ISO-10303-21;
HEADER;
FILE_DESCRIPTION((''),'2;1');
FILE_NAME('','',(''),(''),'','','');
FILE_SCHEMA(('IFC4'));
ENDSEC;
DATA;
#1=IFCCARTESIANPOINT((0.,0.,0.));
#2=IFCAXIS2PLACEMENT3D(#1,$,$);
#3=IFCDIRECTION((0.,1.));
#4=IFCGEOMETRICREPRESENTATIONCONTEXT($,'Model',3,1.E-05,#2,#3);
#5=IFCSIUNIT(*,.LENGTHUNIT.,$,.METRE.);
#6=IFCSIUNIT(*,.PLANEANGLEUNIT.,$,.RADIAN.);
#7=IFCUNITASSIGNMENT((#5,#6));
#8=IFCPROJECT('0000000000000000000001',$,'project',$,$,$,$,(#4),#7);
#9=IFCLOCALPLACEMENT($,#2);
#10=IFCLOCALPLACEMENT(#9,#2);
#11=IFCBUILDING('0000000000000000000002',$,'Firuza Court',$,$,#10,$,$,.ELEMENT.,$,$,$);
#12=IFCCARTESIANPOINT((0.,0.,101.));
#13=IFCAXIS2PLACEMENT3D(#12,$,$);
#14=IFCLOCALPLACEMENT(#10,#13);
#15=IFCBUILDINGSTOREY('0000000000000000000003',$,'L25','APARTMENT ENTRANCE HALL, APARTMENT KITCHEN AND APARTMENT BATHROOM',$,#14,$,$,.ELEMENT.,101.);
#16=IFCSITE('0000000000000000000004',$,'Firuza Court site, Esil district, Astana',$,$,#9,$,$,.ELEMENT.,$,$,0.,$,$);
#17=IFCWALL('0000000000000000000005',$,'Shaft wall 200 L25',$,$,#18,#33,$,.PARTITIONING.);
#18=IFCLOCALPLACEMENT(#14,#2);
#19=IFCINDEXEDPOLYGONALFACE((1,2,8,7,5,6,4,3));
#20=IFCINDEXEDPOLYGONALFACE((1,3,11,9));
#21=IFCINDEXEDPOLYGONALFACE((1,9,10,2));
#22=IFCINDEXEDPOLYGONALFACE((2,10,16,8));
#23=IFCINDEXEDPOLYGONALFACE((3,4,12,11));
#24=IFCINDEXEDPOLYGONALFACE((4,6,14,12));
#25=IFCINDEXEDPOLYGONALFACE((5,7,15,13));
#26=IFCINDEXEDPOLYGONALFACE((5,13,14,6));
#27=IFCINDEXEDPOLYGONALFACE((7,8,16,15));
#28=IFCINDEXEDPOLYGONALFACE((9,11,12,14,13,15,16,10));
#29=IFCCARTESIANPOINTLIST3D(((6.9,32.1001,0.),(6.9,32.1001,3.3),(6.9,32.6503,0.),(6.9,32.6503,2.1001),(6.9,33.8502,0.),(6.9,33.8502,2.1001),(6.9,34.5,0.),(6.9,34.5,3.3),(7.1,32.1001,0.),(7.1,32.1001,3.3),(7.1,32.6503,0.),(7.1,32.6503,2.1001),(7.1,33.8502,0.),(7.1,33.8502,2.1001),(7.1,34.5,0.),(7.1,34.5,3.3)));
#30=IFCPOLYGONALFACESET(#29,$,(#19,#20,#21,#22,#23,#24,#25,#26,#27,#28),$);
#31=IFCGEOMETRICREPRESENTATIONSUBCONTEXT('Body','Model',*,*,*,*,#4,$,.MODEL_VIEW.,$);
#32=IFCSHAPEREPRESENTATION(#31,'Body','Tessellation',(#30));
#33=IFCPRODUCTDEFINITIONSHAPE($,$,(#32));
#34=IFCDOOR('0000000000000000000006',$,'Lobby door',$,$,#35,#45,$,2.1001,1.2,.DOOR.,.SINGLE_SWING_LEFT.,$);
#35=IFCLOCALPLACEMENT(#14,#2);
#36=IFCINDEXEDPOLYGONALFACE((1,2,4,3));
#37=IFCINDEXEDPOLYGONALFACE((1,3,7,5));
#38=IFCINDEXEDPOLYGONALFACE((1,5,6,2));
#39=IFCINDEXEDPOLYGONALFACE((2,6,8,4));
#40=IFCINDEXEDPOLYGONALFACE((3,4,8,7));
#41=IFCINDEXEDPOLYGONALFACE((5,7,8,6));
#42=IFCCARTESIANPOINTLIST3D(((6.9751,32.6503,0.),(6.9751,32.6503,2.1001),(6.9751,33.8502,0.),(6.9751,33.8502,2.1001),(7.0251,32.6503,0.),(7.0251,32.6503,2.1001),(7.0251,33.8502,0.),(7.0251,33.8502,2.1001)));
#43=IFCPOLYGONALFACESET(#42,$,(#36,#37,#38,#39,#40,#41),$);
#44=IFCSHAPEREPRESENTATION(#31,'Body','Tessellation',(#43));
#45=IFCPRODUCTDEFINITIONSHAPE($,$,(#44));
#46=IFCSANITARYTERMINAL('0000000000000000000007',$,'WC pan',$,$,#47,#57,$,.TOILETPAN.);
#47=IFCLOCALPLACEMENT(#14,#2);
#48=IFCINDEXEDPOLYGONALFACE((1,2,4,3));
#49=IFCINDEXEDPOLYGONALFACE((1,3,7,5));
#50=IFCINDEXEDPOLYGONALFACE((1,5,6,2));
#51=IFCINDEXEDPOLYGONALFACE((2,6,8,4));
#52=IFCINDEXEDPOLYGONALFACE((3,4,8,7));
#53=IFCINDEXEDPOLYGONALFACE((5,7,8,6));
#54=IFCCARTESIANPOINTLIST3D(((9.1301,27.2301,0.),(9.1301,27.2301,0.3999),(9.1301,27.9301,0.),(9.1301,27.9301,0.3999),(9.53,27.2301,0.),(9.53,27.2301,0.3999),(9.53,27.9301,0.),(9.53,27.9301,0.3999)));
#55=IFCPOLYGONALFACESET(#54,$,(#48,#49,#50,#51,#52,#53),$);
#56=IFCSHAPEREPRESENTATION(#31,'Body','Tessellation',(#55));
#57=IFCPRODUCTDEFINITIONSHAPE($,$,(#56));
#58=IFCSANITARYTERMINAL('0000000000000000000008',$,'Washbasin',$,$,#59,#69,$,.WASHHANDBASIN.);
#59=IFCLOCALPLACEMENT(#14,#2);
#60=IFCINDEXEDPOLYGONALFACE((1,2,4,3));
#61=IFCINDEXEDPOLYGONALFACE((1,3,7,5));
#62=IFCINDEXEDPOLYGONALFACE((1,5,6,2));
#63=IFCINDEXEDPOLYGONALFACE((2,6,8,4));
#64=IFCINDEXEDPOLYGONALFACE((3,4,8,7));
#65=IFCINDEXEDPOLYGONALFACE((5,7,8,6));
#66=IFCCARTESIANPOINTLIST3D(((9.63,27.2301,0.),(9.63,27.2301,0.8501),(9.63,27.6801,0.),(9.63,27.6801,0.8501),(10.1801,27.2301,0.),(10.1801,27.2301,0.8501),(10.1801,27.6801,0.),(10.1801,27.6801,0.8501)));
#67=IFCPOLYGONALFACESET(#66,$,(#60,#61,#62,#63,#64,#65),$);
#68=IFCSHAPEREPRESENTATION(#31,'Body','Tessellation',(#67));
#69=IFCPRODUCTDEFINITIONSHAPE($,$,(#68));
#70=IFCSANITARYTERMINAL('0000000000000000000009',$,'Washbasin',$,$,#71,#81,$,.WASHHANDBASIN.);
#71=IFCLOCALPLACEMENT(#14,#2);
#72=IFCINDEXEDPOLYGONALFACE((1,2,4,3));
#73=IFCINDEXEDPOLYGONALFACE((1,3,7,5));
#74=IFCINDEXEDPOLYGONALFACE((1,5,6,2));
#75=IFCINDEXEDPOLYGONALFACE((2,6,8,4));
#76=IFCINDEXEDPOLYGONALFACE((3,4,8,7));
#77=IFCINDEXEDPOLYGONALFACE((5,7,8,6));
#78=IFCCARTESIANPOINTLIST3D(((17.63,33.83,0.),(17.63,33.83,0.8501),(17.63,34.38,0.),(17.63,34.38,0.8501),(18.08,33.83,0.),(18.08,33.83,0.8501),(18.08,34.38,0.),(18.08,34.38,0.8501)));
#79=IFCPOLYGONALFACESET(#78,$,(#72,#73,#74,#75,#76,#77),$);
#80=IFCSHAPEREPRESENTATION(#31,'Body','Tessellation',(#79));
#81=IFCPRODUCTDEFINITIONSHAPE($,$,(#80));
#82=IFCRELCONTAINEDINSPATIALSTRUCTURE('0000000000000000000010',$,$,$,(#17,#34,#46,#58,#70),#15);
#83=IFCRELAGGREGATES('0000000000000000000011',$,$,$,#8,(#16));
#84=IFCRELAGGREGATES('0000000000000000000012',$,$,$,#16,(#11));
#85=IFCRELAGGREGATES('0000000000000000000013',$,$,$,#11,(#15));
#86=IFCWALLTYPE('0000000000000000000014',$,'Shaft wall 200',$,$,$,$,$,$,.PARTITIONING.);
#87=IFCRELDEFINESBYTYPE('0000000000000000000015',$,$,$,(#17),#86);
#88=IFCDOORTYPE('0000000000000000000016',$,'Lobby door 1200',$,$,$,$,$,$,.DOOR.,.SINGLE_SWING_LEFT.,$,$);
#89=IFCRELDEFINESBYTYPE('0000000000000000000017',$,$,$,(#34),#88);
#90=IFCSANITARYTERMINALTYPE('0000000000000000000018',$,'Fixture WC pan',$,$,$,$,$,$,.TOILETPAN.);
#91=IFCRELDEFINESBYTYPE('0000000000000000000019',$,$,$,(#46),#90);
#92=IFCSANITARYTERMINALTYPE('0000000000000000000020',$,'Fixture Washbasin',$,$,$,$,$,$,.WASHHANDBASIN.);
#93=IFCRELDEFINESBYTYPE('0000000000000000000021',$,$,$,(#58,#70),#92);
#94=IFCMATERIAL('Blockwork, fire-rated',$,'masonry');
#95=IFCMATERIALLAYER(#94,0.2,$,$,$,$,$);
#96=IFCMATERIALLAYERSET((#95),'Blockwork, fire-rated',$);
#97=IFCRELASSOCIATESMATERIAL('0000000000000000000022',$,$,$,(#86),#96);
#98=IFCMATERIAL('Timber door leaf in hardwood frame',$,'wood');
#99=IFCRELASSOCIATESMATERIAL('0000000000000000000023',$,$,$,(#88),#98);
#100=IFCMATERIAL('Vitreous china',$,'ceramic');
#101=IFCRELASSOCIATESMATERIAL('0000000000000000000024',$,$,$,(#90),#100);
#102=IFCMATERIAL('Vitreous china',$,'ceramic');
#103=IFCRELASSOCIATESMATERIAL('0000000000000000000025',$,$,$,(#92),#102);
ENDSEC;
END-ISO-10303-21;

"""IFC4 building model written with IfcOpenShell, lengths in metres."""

from ifc_helpers import new_model, si_unit, direction, frame, frame_2d, origin, origin_2d, place, context, subcontext, project, spatial, rectangle, extrude, material, layer, layer_set, type_object, element, fill, save


model = new_model("IFC4")

# Units and contexts
model_context = context("Model", 3, precision=1e-05, world=origin(), true_north=direction((0.0, 1.0)))
body_context = subcontext(model_context, "Body", "Model", "MODEL_VIEW")
ifc_project = project(units=[si_unit("LENGTHUNIT", "METRE"), si_unit("PLANEANGLEUNIT", "RADIAN")], contexts=[model_context])

# Site, building, storey
site_placement = place(None, origin())
site = spatial("IfcSite", under=ifc_project, at=site_placement, Name="Firuza Court site, Esil district, Astana", CompositionType="ELEMENT", RefElevation=0.0)
building_placement = place(site_placement, origin())
building = spatial("IfcBuilding", under=site, at=building_placement, Name="Firuza Court", CompositionType="ELEMENT")
storey_placement = place(building_placement, frame((0.0, 0.0, 101.0)))
storey = spatial("IfcBuildingStorey", under=building, at=storey_placement, Name="L25", Description="APARTMENT ENTRANCE HALL, APARTMENT KITCHEN AND APARTMENT BATHROOM", CompositionType="ELEMENT", Elevation=101.0)

# Wall, opening, door
ifc_material_1 = material(Name="Blockwork, fire-rated", Category="masonry")
ifc_layer_1 = layer(ifc_material_1, 0.2)
ifc_layer_set_1 = layer_set([ifc_layer_1], Name="Blockwork, fire-rated")
wall_type_1 = type_object("IfcWallType", Name="Shaft wall 200", PredefinedType="PARTITIONING", material=ifc_layer_set_1)
wall_1_placement = place(storey_placement, frame((7.0, 32.1001, 0.0), z_axis=(0.0, 0.0, 1.0), x_axis=(0.0, 1.0, 0.0)))
wall_1 = element("IfcWall", 1, at=wall_1_placement, inside=storey, type_object=wall_type_1, Name="Shaft wall 200 L25", PredefinedType="PARTITIONING", context=body_context, shape_type="SweptSolid", body=[
    extrude(rectangle(XDim=2.3999, YDim=0.2, at=frame_2d((1.2, 0.0))), origin(), (0.0, 0.0, 1.0), 3.3),
])
opening_1_placement = place(wall_1_placement, frame((0.55, 0.0, 0.0)))
opening_1 = element("IfcOpeningElement", 2, at=opening_1_placement, cuts=wall_1, PredefinedType="OPENING", context=body_context, shape_type="SweptSolid", body=[
    extrude(rectangle(XDim=1.2, YDim=2.1001, at=frame_2d((0.6001, 1.05))), frame((0.0, 0.1118, 0.0), z_axis=(0.0, -1.0, 0.0), x_axis=(1.0, 0.0, 0.0)), (0.0, 0.0, 1.0), 0.2239),
])
ifc_material_2 = material(Name="Timber door leaf in hardwood frame", Category="wood")
door_type_1 = type_object("IfcDoorType", Name="Lobby door 1200", OperationType="SINGLE_SWING_LEFT", PredefinedType="DOOR", material=ifc_material_2)
door_1_placement = place(opening_1_placement, origin())
door_1 = element("IfcDoor", 3, at=door_1_placement, inside=storey, type_object=door_type_1, Name="Lobby door", OperationType="SINGLE_SWING_LEFT", OverallHeight=2.1001, OverallWidth=1.2, PredefinedType="DOOR", context=body_context, shape_type="SweptSolid", body=[
    extrude(rectangle(XDim=1.2, YDim=2.1001, at=frame_2d((0.6001, 1.05))), frame((0.0, 0.0249, 0.0), z_axis=(0.0, -1.0, 0.0), x_axis=(1.0, 0.0, 0.0)), (0.0, 0.0, 1.0), 0.05),
])
fill(opening_1, door_1)

# Sanitary terminals
ifc_material_3 = material(Name="Vitreous china", Category="ceramic")
sanitary_terminal_type_1 = type_object("IfcSanitaryTerminalType", Name="Fixture WC pan", PredefinedType="TOILETPAN", material=ifc_material_3)
sanitary_terminal_1_placement = place(storey_placement, frame((9.3301, 27.5801, 0.0), z_axis=(0.0, 0.0, 1.0), x_axis=(1.0, 0.0, 0.0)))
element("IfcSanitaryTerminal", 4, at=sanitary_terminal_1_placement, inside=storey, type_object=sanitary_terminal_type_1, Name="WC pan", PredefinedType="TOILETPAN", context=body_context, shape_type="SweptSolid", body=[
    extrude(rectangle(XDim=0.3999, YDim=0.7, at=origin_2d()), origin(), (0.0, 0.0, 1.0), 0.3999),
])
ifc_material_4 = material(Name="Vitreous china", Category="ceramic")
sanitary_terminal_type_2 = type_object("IfcSanitaryTerminalType", Name="Fixture Washbasin", PredefinedType="WASHHANDBASIN", material=ifc_material_4)
sanitary_terminal_2_placement = place(storey_placement, frame((9.905, 27.4551, 0.0), z_axis=(0.0, 0.0, 1.0), x_axis=(1.0, 0.0, 0.0)))
element("IfcSanitaryTerminal", 5, at=sanitary_terminal_2_placement, inside=storey, type_object=sanitary_terminal_type_2, Name="Washbasin", PredefinedType="WASHHANDBASIN", context=body_context, shape_type="SweptSolid", body=[
    extrude(rectangle(XDim=0.55, YDim=0.45, at=origin_2d()), origin(), (0.0, 0.0, 1.0), 0.8501),
])
sanitary_terminal_3_placement = place(storey_placement, frame((17.855, 34.105, 0.0), z_axis=(0.0, 0.0, 1.0), x_axis=(1.0, 0.0, 0.0)))
element("IfcSanitaryTerminal", 6, at=sanitary_terminal_3_placement, inside=storey, type_object=sanitary_terminal_type_2, Name="Washbasin", PredefinedType="WASHHANDBASIN", context=body_context, shape_type="SweptSolid", body=[
    extrude(rectangle(XDim=0.45, YDim=0.55, at=origin_2d()), origin(), (0.0, 0.0, 1.0), 0.8501),
])

save(model, "model.ifc")
